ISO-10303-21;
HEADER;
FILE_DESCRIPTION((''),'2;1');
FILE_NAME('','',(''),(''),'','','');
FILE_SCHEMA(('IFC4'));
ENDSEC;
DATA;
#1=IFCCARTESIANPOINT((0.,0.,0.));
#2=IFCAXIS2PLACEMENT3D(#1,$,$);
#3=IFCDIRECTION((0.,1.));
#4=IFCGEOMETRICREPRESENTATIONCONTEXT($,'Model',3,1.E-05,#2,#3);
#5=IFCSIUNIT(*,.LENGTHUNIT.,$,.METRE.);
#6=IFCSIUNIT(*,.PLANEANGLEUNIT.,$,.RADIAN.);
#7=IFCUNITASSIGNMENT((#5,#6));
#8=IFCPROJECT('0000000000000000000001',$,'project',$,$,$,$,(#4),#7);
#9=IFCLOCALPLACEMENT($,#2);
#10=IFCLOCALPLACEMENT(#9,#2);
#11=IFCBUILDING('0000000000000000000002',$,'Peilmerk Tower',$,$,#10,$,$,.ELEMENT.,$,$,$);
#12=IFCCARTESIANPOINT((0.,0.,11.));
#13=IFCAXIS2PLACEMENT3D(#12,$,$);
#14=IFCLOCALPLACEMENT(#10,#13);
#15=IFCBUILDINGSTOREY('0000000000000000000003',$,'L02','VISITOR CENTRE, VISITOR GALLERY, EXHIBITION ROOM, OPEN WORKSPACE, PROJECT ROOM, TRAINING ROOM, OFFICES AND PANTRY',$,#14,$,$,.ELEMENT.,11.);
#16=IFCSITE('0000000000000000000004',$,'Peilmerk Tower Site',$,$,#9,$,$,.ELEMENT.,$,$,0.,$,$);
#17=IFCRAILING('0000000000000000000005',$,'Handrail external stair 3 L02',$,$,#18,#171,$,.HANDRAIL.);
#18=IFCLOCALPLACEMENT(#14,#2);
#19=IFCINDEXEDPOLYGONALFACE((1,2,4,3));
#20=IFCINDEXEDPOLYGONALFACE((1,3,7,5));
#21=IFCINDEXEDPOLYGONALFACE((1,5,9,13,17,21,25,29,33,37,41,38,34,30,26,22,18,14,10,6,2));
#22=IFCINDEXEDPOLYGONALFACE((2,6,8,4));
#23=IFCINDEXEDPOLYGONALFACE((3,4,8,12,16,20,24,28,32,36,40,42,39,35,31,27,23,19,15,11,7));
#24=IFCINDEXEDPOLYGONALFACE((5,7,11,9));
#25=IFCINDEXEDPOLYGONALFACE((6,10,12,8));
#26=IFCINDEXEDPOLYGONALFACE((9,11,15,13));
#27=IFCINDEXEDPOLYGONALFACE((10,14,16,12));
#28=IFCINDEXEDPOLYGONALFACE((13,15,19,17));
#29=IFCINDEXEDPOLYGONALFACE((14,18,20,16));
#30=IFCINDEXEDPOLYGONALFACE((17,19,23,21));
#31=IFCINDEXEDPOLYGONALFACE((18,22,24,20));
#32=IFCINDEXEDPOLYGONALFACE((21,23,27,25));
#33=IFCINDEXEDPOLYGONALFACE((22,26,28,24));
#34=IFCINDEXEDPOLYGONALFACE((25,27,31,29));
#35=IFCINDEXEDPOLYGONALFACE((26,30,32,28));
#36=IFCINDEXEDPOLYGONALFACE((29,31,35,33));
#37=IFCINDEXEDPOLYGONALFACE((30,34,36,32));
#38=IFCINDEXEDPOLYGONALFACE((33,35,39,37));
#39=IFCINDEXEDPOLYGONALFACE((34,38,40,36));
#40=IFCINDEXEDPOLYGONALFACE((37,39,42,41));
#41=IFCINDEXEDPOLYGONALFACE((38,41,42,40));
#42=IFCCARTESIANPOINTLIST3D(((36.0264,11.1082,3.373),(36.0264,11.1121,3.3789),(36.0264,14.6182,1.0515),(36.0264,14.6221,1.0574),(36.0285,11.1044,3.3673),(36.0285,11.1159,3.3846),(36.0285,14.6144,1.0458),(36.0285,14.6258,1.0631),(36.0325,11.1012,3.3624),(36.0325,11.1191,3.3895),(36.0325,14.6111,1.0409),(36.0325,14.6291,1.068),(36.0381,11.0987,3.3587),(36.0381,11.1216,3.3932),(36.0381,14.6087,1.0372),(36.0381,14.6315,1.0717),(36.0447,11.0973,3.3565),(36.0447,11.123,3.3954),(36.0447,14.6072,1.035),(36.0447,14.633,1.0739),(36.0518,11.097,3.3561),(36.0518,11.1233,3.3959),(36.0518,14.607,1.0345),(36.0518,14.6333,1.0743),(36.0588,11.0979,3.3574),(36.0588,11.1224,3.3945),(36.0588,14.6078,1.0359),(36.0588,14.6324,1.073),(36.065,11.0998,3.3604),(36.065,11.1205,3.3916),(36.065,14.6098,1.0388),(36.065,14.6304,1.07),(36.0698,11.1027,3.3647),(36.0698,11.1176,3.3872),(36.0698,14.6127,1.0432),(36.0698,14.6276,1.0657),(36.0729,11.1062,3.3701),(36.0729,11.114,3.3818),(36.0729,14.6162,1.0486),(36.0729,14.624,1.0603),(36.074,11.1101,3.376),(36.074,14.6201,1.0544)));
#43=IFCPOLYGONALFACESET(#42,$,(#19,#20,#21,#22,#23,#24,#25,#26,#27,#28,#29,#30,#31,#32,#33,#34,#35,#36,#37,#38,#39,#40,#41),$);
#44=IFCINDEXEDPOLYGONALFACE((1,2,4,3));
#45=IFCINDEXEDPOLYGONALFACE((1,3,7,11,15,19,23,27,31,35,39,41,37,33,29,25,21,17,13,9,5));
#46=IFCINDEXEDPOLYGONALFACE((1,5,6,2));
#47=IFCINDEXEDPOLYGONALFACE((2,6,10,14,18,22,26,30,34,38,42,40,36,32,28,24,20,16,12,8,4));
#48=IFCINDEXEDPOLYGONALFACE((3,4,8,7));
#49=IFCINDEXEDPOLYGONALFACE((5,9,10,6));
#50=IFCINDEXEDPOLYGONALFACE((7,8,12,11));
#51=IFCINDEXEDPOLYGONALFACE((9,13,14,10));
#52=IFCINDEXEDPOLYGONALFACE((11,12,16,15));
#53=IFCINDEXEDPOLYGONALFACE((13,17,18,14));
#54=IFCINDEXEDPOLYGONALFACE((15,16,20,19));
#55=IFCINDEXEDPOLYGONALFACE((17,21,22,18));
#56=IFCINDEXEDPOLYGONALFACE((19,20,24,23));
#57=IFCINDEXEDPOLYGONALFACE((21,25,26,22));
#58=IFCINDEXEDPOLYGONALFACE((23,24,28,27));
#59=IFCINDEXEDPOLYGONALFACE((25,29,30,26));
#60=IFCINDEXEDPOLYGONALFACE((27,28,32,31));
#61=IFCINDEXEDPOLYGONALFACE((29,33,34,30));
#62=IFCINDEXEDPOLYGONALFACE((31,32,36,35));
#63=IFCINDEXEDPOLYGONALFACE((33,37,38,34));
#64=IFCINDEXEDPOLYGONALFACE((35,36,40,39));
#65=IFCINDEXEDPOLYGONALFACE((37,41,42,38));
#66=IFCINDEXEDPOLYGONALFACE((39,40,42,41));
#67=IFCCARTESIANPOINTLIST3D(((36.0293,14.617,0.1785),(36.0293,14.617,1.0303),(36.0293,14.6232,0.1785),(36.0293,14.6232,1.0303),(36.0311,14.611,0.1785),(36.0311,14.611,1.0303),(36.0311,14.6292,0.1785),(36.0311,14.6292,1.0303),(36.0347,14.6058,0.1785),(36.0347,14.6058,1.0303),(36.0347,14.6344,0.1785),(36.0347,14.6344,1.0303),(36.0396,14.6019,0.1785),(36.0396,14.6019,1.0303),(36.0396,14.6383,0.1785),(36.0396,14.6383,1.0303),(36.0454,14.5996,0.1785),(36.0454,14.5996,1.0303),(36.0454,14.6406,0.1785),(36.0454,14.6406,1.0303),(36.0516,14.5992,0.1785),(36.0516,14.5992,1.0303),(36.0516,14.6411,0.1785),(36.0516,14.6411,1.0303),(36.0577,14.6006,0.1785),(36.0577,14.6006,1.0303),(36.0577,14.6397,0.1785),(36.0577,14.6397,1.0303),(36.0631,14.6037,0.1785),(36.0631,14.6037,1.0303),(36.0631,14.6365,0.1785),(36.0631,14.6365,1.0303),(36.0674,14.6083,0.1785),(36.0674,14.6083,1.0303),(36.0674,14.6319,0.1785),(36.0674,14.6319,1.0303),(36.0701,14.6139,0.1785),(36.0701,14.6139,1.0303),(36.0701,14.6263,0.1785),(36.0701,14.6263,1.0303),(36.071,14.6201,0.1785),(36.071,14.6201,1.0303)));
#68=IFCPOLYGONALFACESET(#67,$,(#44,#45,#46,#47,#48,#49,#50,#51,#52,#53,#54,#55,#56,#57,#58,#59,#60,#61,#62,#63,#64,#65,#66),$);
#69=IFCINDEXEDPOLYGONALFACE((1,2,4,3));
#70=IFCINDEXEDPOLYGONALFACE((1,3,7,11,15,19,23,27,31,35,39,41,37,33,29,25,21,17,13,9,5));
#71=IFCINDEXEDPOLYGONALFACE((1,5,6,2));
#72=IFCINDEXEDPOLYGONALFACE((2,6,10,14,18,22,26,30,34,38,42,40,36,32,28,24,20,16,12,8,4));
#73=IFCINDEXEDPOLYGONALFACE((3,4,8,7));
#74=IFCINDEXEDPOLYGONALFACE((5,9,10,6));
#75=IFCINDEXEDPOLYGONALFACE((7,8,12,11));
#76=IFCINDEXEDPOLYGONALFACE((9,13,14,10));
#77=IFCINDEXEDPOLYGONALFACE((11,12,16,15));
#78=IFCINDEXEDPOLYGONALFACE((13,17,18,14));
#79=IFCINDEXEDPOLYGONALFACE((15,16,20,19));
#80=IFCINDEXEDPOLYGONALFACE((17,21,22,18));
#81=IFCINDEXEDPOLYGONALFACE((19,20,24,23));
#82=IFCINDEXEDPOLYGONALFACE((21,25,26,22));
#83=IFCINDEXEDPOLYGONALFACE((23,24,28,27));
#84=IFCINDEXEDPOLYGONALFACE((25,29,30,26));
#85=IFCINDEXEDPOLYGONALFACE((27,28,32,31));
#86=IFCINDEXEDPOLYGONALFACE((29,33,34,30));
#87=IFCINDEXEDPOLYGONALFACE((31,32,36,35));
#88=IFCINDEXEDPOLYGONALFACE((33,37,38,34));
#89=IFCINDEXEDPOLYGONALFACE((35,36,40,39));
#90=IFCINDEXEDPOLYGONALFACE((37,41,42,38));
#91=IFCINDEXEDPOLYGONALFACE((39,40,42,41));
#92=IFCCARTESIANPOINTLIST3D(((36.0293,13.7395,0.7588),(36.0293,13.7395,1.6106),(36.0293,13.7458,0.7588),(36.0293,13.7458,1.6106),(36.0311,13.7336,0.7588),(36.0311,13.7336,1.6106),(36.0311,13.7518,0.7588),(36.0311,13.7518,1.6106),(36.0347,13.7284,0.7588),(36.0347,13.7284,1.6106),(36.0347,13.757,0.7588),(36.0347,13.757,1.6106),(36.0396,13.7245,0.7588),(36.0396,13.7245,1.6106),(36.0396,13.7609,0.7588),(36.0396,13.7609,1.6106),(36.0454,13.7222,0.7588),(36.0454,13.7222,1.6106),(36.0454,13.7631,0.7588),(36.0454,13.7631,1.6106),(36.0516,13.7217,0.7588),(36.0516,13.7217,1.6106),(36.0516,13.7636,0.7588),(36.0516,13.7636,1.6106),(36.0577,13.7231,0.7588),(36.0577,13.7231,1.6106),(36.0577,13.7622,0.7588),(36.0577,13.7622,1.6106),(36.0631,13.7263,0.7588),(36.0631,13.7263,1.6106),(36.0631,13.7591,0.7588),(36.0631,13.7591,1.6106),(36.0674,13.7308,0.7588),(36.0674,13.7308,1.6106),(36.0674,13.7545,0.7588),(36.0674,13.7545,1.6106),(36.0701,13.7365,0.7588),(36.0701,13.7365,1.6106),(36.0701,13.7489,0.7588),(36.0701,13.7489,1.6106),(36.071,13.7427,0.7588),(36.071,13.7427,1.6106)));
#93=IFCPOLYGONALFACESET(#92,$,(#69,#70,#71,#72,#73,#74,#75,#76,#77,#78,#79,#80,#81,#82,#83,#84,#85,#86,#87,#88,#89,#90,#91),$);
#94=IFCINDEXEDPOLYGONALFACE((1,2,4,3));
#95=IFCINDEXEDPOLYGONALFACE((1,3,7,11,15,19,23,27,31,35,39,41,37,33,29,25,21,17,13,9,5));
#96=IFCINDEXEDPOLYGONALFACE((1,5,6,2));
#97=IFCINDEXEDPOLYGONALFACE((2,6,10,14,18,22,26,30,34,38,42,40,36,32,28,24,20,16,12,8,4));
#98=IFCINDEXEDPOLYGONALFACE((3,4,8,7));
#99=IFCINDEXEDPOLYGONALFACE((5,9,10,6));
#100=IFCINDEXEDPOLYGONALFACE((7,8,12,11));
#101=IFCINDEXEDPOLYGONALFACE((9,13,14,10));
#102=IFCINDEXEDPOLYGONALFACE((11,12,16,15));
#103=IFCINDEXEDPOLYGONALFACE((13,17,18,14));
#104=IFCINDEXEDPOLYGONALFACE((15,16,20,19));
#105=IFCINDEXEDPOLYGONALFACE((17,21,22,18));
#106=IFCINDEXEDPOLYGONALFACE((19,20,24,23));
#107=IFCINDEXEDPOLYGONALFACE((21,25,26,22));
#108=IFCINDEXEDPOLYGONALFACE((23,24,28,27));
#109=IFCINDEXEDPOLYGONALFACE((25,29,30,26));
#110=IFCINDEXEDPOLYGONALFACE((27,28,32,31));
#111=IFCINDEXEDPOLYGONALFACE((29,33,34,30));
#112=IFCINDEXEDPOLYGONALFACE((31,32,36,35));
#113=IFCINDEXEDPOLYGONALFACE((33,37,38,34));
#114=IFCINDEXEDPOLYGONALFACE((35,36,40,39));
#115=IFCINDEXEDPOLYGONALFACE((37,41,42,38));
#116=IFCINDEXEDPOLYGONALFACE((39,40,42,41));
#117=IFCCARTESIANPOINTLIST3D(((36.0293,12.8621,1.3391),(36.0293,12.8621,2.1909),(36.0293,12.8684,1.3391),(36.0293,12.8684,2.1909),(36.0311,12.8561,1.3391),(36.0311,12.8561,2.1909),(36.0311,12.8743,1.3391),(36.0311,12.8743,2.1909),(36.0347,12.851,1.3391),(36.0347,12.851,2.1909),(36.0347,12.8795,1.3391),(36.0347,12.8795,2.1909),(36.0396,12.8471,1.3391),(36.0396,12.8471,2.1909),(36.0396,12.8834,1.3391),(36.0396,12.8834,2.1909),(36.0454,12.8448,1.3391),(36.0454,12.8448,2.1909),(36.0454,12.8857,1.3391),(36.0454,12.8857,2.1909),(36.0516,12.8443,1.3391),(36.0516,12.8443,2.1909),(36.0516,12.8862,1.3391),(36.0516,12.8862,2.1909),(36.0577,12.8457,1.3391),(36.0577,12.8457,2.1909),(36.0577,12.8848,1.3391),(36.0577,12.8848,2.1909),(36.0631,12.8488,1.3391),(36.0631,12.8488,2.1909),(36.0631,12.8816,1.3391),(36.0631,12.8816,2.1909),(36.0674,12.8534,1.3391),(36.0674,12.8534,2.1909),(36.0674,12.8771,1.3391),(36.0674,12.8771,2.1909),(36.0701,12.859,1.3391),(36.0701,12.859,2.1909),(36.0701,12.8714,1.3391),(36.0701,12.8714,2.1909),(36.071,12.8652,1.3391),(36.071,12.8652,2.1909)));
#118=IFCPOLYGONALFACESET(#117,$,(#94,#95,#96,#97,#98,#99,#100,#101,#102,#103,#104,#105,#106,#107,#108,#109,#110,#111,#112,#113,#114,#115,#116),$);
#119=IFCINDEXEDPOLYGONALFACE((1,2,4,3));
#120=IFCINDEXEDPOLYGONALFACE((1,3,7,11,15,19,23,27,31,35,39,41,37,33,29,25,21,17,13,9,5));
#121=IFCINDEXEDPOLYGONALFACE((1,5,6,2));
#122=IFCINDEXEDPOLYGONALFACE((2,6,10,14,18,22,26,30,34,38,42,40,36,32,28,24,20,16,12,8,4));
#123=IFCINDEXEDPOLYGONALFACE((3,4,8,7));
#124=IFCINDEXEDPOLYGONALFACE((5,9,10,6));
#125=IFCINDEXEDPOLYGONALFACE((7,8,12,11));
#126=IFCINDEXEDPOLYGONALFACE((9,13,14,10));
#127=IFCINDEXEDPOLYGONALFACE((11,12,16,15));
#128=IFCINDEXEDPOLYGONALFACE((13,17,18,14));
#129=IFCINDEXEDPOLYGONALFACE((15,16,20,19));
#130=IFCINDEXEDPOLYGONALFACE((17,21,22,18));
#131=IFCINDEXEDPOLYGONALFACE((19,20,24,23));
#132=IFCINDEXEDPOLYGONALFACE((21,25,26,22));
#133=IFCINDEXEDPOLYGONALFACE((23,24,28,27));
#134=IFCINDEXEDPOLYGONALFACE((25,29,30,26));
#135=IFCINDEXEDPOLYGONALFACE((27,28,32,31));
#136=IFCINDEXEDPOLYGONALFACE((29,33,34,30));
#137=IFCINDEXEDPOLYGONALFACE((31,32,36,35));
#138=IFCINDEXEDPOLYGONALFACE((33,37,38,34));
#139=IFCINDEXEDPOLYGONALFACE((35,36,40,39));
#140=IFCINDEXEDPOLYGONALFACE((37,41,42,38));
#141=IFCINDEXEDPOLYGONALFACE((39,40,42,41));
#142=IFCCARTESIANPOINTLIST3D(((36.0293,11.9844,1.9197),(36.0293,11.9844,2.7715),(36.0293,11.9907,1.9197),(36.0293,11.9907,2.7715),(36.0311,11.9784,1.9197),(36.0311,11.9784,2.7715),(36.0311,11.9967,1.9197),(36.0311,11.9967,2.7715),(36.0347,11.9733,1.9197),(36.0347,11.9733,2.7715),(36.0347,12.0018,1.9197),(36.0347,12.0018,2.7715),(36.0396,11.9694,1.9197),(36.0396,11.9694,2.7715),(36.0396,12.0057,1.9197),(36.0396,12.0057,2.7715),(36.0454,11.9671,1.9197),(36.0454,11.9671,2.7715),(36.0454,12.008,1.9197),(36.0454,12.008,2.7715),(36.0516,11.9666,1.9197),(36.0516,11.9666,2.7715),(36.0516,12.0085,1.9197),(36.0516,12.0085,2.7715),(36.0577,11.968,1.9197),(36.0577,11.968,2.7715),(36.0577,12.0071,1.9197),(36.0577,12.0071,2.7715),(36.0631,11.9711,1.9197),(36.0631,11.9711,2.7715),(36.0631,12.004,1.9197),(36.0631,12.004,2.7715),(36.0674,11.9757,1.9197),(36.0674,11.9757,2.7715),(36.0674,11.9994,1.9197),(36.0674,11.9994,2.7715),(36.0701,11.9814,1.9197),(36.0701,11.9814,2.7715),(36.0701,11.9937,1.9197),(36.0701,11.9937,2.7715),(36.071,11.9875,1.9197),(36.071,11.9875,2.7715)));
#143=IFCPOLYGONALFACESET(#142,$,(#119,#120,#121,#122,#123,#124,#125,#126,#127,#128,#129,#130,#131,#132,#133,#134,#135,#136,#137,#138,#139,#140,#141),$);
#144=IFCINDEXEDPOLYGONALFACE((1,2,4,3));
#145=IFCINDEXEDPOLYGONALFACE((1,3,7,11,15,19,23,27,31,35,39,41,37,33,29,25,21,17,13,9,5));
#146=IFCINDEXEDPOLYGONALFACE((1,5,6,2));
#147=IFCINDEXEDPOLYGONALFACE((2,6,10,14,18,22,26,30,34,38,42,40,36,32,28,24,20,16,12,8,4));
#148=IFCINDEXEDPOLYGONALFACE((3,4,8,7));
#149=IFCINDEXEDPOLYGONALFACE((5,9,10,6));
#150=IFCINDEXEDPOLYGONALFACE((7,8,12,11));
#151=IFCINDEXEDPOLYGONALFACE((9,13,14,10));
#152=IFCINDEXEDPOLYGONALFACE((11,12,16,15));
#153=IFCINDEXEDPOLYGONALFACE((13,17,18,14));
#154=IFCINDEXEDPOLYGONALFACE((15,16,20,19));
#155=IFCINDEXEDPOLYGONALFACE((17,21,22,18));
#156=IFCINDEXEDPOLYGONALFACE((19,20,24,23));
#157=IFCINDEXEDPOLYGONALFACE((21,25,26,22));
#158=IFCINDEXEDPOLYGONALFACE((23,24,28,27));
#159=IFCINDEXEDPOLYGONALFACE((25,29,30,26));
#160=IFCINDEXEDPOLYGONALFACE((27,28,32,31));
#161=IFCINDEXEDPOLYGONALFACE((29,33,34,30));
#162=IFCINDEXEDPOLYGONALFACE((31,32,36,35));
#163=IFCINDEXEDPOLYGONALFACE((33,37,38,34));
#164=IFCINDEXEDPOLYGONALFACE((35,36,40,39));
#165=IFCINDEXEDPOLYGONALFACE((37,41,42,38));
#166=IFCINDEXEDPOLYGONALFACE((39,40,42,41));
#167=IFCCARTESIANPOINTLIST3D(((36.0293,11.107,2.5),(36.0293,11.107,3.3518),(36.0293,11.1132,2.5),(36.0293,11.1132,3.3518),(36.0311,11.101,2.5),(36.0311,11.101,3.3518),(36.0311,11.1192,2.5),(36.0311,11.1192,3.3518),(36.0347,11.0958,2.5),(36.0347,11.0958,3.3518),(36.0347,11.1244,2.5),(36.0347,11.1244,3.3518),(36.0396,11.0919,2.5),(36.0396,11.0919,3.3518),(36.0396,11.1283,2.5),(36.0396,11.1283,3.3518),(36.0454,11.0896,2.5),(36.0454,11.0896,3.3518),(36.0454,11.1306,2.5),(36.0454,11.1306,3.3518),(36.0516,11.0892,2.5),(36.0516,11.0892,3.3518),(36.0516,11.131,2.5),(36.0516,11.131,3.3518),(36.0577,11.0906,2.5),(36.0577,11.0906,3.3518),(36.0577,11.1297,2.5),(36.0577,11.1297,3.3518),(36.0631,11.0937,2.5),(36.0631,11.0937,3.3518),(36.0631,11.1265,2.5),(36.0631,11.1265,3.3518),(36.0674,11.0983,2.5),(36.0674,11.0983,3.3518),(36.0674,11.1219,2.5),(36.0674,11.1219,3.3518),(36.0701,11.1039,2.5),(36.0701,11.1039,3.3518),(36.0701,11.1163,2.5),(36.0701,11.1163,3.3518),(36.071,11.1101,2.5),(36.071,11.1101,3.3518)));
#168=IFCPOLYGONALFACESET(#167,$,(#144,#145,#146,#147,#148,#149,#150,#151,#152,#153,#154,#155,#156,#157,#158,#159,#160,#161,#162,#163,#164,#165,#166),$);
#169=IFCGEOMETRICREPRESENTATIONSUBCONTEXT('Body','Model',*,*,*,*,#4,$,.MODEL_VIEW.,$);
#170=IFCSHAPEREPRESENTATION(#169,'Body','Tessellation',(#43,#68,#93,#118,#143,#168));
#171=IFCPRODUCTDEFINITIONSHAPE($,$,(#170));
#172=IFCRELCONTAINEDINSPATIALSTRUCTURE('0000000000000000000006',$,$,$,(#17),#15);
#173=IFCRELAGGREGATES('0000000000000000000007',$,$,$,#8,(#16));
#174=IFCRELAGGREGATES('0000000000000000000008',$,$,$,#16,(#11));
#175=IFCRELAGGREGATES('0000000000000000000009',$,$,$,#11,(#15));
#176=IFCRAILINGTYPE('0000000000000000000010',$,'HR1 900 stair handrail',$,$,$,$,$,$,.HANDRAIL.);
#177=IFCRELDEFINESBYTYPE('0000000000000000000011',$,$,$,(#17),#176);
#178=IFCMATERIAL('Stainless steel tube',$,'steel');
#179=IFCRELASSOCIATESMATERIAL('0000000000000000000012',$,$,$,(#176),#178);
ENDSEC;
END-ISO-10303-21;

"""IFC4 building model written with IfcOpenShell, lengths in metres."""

from ifc_helpers import new_model, si_unit, direction, frame, origin, origin_2d, place, context, subcontext, project, spatial, circle, extrude, material, type_object, element, save


model = new_model("IFC4")

# Units and contexts
model_context = context("Model", 3, precision=1e-05, world=origin(), true_north=direction((0.0, 1.0)))
body_context = subcontext(model_context, "Body", "Model", "MODEL_VIEW")
ifc_project = project(units=[si_unit("LENGTHUNIT", "METRE"), si_unit("PLANEANGLEUNIT", "RADIAN")], contexts=[model_context])

# Site, building, storey
site_placement = place(None, origin())
site = spatial("IfcSite", under=ifc_project, at=site_placement, Name="Peilmerk Tower Site", CompositionType="ELEMENT", RefElevation=0.0)
building_placement = place(site_placement, origin())
building = spatial("IfcBuilding", under=site, at=building_placement, Name="Peilmerk Tower", CompositionType="ELEMENT")
storey_placement = place(building_placement, frame((0.0, 0.0, 11.0)))
storey = spatial("IfcBuildingStorey", under=building, at=storey_placement, Name="L02", Description="VISITOR CENTRE, VISITOR GALLERY, EXHIBITION ROOM, OPEN WORKSPACE, PROJECT ROOM, TRAINING ROOM, OFFICES AND PANTRY", CompositionType="ELEMENT", Elevation=11.0)

# Railing
ifc_material_1 = material(Name="Stainless steel tube", Category="steel")
railing_type_1 = type_object("IfcRailingType", Name="HR1 900 stair handrail", PredefinedType="HANDRAIL", material=ifc_material_1)
railing_1_placement = place(storey_placement, frame((36.05, 14.6201, 0.1785)))
element("IfcRailing", 1, at=railing_1_placement, inside=storey, type_object=railing_type_1, Name="Handrail external stair 3 L02", PredefinedType="HANDRAIL", context=body_context, shape_type="SweptSolid", body=[
    extrude(circle(Radius=0.0239, at=origin_2d()), frame((0.0, 0.0, 0.876), z_axis=(0.0, -0.834071, 0.551657), x_axis=(1.0, 0.0, 0.0)), (0.0, 0.0, 1.0), 4.2083),
    extrude(circle(Radius=0.021, at=origin_2d()), origin(), (0.0, 0.0, 1.0), 0.8518),
    extrude(circle(Radius=0.021, at=origin_2d()), frame((0.0, -0.8774, 0.5803)), (0.0, 0.0, 1.0), 0.8518),
    extrude(circle(Radius=0.021, at=origin_2d()), frame((0.0, -1.7549, 1.1606)), (0.0, 0.0, 1.0), 0.8518),
    extrude(circle(Radius=0.021, at=origin_2d()), frame((0.0, -2.6326, 1.7412)), (0.0, 0.0, 1.0), 0.8518),
    extrude(circle(Radius=0.021, at=origin_2d()), frame((0.0, -3.51, 2.3215)), (0.0, 0.0, 1.0), 0.8518),
])

save(model, "model.ifc")
